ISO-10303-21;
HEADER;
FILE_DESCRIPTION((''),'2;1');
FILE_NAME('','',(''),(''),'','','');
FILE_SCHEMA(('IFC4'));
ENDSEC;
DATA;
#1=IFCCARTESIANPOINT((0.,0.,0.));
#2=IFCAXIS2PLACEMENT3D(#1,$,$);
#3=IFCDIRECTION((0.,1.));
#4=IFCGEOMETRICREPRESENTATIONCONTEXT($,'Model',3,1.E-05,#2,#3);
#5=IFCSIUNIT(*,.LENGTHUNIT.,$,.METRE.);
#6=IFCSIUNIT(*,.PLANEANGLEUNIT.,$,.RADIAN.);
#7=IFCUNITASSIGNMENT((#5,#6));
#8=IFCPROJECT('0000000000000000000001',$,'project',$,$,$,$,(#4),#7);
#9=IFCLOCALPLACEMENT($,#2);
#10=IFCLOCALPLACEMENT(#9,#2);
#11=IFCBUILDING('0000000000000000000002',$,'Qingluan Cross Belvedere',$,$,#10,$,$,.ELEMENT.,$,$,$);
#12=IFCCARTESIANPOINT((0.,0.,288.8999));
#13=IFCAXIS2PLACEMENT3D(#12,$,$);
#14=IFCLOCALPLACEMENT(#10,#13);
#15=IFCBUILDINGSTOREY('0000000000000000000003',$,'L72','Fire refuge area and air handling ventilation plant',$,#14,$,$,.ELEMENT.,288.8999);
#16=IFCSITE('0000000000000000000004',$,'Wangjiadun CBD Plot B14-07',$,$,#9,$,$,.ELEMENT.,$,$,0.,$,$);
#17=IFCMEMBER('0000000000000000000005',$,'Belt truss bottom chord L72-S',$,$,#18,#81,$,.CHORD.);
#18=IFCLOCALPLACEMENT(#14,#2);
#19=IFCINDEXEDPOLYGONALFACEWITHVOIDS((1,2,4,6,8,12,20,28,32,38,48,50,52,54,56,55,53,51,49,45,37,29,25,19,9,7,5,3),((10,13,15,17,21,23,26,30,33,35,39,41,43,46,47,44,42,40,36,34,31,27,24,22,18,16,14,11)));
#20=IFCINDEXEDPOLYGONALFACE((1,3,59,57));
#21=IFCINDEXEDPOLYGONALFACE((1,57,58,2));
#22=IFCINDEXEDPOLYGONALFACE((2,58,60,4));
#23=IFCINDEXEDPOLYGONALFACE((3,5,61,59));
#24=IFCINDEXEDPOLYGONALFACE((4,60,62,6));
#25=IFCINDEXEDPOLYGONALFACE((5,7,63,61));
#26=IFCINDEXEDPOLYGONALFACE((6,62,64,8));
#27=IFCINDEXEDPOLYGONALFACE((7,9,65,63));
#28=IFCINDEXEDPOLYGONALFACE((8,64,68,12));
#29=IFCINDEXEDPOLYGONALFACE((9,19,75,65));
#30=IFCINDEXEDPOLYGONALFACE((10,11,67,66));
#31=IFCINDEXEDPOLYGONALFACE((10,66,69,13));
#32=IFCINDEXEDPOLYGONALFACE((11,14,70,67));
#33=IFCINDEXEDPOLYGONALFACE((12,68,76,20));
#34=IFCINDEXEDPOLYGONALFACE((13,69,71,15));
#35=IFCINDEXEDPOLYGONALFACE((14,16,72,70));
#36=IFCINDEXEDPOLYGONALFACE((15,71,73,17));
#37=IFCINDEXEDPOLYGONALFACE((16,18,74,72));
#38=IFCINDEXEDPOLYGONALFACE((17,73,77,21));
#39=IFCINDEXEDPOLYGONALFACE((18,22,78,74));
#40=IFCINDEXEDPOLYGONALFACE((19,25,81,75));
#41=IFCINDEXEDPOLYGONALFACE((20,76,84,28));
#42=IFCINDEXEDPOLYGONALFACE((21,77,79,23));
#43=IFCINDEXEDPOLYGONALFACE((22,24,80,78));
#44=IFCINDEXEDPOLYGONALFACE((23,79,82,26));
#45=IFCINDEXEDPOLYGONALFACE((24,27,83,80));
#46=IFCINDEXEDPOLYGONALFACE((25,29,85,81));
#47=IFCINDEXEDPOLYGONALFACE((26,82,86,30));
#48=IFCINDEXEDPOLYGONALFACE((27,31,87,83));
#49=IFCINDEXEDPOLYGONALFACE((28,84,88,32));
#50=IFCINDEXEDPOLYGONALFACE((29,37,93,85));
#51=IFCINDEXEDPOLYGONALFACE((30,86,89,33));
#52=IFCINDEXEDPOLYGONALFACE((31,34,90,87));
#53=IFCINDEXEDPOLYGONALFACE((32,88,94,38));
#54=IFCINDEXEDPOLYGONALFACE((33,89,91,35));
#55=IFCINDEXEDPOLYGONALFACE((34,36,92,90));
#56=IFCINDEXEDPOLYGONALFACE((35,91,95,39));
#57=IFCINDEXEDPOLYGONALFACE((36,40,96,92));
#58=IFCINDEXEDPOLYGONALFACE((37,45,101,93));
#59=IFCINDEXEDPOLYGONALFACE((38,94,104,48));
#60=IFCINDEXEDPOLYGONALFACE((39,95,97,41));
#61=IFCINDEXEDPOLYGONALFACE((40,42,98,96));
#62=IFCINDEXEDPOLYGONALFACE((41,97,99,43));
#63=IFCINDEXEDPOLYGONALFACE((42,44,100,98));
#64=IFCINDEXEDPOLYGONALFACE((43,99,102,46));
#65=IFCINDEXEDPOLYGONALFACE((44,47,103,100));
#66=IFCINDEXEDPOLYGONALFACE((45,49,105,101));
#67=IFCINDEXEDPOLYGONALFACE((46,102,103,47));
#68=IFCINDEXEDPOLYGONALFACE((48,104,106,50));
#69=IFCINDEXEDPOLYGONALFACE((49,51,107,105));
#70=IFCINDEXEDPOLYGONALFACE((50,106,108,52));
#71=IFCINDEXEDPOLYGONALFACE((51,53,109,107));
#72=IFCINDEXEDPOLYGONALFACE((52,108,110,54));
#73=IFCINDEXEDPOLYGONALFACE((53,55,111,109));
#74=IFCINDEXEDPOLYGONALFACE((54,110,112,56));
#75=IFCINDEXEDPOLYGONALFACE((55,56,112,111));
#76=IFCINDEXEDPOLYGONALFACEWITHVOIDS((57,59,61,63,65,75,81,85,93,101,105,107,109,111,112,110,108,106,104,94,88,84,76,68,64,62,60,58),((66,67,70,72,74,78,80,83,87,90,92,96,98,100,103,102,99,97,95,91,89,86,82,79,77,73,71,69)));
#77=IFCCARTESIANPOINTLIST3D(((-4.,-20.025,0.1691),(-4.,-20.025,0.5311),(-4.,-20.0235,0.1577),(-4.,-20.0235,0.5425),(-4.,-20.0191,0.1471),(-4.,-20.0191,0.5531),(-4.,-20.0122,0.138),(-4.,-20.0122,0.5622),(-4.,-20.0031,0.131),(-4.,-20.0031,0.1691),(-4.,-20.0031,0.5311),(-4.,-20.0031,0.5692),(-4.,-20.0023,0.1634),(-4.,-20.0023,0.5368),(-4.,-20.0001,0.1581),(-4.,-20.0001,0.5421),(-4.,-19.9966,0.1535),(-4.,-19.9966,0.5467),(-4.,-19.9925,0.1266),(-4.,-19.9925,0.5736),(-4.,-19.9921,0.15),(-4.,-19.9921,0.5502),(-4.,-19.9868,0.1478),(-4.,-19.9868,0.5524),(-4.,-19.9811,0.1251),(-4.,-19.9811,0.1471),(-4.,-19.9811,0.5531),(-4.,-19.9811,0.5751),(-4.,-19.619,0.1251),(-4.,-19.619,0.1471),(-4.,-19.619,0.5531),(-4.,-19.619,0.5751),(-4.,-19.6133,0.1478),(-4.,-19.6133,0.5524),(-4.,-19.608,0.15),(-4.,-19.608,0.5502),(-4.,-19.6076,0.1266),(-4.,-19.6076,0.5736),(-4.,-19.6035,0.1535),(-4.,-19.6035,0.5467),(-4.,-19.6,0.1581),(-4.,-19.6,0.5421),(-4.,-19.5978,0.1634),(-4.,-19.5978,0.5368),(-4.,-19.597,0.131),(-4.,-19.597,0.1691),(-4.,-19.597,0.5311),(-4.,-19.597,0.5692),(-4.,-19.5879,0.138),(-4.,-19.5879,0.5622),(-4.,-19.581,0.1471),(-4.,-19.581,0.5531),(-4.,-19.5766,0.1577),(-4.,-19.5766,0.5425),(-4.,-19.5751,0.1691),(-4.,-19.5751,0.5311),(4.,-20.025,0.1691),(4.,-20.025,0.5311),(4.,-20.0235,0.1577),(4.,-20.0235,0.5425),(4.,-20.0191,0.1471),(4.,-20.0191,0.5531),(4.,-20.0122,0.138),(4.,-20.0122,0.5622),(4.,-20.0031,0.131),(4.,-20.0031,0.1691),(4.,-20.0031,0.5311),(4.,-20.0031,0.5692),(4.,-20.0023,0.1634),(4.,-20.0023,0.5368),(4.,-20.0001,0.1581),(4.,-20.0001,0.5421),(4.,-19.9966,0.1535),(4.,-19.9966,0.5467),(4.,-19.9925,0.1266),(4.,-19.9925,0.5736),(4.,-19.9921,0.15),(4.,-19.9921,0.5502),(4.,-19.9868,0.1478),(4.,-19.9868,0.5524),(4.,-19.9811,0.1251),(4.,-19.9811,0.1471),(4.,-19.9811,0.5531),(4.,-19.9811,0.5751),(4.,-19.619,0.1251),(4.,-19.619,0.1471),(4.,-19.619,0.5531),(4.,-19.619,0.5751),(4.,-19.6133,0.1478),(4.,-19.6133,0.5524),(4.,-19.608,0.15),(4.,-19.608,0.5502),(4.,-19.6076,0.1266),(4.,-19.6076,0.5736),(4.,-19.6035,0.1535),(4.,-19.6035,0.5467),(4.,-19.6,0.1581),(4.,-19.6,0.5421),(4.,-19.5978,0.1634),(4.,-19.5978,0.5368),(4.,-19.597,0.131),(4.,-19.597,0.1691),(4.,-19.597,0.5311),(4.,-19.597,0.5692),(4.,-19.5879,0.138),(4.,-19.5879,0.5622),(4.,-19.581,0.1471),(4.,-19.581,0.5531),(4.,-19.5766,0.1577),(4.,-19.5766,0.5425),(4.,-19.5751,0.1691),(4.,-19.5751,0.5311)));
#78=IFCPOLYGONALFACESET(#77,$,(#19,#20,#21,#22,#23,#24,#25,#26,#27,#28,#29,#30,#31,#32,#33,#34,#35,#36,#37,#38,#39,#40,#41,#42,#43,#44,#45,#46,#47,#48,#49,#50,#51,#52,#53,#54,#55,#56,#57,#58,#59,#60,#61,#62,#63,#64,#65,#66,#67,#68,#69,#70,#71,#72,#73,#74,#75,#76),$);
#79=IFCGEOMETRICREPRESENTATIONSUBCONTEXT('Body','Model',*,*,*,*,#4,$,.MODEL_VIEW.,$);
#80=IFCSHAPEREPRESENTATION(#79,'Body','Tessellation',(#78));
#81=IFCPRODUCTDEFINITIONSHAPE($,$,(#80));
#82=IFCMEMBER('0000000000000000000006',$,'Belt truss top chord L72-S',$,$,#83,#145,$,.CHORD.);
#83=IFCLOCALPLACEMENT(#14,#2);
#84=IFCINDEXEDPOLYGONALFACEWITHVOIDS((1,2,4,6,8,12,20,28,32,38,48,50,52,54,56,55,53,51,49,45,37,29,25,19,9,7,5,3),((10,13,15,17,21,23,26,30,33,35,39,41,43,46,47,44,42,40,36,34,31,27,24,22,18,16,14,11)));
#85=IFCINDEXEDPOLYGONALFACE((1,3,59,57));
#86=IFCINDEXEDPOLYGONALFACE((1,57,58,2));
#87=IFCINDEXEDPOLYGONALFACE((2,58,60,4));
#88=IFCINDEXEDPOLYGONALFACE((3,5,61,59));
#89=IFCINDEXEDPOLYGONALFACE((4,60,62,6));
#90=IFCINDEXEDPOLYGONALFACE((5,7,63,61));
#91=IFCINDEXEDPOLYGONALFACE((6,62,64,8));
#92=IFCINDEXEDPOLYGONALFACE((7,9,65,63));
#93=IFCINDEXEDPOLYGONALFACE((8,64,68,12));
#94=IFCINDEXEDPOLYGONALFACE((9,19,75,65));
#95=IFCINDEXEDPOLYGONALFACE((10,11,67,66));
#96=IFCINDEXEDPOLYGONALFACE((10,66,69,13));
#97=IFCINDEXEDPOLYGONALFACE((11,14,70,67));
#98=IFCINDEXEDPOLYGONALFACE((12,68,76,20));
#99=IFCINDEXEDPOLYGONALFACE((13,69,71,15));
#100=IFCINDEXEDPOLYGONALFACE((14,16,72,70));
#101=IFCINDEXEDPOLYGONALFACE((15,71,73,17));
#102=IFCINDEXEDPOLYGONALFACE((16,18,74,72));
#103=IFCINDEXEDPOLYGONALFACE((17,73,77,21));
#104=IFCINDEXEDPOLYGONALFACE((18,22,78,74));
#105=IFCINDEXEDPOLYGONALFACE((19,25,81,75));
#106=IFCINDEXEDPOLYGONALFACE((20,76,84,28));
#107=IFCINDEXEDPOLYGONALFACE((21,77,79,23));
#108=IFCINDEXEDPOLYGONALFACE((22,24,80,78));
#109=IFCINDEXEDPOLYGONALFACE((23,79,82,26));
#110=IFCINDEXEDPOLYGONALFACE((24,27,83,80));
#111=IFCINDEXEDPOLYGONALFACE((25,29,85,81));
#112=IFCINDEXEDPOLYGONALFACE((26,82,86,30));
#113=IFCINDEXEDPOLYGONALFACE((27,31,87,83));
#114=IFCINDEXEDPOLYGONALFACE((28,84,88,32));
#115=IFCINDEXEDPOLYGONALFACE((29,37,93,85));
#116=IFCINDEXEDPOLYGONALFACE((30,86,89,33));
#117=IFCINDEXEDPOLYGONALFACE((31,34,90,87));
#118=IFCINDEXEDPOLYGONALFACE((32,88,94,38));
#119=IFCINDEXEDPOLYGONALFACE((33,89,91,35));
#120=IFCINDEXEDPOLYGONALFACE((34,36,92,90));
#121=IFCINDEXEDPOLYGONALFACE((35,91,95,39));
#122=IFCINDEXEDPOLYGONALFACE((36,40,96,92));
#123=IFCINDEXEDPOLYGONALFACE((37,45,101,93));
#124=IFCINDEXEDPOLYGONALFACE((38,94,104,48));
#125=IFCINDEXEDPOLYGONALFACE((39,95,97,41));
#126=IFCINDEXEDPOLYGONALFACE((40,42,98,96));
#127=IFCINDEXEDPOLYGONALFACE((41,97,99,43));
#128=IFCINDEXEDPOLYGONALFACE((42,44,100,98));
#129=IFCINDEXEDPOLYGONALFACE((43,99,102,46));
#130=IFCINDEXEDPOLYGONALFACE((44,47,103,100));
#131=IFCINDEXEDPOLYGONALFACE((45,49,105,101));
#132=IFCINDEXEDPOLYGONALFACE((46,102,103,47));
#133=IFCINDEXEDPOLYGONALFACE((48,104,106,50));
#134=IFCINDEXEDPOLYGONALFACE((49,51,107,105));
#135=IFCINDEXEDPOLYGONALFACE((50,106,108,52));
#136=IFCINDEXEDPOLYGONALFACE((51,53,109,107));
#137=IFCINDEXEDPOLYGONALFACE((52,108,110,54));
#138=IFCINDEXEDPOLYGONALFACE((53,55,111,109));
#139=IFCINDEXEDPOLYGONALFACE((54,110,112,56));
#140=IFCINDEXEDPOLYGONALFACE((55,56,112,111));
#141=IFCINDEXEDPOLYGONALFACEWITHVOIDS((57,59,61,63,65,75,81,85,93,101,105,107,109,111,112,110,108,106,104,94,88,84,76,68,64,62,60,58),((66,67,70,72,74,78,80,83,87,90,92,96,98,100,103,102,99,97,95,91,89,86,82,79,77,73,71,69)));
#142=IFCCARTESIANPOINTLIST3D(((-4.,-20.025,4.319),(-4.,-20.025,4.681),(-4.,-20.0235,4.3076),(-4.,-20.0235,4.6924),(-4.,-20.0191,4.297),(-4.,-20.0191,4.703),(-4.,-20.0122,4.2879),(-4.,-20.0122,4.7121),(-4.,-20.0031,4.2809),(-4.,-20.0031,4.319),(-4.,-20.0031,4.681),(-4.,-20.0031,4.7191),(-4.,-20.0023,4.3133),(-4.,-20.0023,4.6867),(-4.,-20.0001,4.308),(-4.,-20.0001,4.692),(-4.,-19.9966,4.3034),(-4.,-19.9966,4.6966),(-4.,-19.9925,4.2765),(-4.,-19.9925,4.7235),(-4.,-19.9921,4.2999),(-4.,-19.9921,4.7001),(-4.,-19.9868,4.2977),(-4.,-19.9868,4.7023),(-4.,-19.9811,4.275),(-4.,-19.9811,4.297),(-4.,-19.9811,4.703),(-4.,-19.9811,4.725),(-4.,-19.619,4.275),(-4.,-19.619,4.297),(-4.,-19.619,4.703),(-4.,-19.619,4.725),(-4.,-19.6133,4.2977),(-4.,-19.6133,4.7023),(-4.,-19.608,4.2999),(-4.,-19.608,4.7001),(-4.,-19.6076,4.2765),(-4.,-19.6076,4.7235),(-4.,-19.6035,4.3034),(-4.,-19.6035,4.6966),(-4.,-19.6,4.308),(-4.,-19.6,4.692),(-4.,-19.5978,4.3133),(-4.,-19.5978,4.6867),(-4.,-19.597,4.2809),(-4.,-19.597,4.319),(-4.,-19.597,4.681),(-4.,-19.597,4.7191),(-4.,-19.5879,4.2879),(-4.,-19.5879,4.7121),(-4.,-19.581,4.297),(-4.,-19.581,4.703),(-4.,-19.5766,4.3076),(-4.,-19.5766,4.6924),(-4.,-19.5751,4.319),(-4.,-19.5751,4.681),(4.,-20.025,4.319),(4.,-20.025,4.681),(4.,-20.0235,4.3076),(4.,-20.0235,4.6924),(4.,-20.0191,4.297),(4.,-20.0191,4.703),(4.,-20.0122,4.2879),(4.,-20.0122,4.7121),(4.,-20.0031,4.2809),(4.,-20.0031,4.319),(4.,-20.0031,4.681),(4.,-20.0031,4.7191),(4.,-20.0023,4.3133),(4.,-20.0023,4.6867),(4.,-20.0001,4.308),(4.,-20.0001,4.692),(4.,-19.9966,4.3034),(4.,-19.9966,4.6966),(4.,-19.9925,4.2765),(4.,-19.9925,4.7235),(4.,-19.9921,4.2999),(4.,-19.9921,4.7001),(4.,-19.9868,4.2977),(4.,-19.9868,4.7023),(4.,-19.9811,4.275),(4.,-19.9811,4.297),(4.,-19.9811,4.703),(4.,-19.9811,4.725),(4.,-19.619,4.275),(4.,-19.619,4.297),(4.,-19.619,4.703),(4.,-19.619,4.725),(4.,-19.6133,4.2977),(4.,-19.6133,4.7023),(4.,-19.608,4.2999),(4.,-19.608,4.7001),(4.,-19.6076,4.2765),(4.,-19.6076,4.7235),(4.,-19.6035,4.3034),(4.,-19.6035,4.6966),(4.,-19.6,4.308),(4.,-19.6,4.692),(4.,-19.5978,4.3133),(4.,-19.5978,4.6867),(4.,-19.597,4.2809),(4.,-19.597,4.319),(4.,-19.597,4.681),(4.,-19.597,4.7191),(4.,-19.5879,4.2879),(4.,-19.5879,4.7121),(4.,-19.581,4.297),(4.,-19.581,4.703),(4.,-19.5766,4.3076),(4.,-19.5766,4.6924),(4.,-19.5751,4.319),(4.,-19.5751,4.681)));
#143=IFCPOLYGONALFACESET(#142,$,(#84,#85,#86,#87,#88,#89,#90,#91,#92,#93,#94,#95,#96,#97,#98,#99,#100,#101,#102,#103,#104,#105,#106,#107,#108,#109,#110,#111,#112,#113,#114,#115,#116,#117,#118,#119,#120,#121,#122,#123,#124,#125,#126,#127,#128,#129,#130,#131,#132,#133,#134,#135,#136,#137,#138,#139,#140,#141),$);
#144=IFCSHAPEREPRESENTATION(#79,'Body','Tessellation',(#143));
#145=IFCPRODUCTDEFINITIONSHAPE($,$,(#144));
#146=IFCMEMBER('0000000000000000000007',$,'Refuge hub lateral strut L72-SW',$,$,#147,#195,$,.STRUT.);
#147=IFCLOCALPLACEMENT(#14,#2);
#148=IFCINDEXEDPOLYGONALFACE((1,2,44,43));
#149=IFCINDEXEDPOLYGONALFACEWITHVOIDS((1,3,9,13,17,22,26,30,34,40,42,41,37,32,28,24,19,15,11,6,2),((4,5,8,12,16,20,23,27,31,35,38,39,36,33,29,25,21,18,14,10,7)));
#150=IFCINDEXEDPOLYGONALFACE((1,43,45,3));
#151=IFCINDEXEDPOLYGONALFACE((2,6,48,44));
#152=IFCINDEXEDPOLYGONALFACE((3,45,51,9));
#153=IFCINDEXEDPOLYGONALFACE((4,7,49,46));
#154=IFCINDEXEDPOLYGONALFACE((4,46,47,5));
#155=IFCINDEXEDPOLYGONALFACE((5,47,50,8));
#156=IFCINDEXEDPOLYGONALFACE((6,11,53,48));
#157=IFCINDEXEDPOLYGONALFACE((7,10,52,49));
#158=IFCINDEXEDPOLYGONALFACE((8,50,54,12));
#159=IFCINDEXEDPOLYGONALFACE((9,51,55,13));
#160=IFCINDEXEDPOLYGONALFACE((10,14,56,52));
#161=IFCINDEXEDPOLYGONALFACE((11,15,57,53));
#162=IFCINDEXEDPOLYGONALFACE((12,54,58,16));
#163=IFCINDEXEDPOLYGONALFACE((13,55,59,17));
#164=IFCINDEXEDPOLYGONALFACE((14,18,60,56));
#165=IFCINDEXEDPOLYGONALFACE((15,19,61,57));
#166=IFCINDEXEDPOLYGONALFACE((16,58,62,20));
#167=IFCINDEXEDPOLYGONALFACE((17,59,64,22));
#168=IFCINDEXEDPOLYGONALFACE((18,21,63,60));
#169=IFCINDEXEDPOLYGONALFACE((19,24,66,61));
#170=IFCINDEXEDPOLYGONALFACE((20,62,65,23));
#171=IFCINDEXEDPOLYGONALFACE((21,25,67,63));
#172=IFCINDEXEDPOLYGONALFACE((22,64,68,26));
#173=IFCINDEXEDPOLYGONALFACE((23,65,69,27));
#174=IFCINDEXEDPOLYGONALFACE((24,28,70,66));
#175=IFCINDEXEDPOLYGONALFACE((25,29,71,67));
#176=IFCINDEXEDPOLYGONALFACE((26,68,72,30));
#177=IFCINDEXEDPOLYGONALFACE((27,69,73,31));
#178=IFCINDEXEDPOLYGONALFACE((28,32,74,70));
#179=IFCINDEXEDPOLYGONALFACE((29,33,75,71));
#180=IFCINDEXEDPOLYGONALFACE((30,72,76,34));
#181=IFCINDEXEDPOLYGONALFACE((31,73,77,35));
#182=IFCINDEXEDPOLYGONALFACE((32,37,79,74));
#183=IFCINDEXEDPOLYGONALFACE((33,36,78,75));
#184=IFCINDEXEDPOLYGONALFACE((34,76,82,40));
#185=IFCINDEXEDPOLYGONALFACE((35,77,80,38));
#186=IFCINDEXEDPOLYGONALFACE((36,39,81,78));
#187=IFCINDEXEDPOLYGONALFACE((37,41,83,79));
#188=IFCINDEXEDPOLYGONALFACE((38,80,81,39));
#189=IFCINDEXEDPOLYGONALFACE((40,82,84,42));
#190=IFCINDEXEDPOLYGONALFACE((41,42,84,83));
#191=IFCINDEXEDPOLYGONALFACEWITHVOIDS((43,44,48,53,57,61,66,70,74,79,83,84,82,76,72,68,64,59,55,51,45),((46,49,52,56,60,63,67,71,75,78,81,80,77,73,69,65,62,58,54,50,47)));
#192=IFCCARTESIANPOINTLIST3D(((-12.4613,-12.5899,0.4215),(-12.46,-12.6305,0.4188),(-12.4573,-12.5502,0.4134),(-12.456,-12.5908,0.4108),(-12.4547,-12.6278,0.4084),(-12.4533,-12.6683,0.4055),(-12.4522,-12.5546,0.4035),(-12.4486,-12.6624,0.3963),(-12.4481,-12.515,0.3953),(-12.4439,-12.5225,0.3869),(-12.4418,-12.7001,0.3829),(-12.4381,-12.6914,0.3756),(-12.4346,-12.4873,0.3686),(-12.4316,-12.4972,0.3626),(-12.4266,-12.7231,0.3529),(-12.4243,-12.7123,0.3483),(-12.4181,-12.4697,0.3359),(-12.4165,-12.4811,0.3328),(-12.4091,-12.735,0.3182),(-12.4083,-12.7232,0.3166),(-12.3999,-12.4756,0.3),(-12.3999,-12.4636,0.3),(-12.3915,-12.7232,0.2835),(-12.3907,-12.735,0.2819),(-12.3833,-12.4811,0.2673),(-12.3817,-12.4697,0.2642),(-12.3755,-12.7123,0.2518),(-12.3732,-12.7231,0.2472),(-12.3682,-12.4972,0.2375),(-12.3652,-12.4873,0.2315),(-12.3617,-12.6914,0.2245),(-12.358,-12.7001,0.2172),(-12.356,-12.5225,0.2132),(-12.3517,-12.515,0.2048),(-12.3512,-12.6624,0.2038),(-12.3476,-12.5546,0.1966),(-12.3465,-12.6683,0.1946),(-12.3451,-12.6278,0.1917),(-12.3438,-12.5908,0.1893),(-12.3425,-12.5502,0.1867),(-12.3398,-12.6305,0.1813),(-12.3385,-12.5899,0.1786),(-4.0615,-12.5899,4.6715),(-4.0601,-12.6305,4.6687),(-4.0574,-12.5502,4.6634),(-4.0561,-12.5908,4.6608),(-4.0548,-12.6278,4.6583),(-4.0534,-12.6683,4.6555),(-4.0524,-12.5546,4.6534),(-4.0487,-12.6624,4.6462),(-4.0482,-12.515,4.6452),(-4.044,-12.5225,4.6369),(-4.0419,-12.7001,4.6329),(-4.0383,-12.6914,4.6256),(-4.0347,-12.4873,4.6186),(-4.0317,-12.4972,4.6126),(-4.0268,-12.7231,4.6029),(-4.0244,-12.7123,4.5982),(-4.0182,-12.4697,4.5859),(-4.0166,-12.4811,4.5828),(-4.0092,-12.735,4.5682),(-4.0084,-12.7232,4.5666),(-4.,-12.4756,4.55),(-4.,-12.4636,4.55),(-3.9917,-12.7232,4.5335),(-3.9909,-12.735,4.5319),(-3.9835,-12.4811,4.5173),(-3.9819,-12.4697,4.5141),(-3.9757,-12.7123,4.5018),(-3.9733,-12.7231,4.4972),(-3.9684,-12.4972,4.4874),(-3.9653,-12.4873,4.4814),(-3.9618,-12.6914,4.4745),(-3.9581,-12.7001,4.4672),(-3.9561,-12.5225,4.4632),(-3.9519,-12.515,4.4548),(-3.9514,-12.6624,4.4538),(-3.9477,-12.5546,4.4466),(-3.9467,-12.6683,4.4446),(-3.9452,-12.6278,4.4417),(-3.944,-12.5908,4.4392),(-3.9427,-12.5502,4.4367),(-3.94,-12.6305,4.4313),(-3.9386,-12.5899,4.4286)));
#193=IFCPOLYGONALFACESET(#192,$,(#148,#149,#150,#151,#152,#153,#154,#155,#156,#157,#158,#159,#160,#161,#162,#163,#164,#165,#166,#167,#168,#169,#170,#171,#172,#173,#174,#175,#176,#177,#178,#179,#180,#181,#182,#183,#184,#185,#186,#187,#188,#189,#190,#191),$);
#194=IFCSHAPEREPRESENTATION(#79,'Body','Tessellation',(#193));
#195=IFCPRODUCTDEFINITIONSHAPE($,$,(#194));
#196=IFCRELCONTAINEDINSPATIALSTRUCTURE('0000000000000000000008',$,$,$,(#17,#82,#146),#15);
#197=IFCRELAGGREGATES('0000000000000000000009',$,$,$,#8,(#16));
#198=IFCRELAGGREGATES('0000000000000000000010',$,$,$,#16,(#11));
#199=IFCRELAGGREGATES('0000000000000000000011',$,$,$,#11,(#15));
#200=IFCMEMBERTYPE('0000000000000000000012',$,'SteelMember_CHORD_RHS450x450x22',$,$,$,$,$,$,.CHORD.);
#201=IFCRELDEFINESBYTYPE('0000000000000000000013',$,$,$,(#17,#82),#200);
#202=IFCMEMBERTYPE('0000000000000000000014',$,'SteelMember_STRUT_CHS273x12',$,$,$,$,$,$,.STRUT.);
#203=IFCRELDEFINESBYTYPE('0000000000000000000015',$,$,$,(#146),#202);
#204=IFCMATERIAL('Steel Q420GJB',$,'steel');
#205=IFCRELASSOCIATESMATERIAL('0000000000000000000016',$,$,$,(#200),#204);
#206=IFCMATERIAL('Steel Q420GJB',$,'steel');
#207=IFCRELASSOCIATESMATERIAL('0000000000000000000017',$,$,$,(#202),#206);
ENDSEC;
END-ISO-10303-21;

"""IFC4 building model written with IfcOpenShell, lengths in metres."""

from ifc_helpers import new_model, si_unit, direction, frame, origin, origin_2d, place, context, subcontext, project, spatial, hollow_rectangle, hollow_circle, extrude, material, material_profile, profile_set, type_object, element, save


model = new_model("IFC4")

# Units and contexts
model_context = context("Model", 3, precision=1e-05, world=origin(), true_north=direction((0.0, 1.0)))
body_context = subcontext(model_context, "Body", "Model", "MODEL_VIEW")
ifc_project = project(units=[si_unit("LENGTHUNIT", "METRE"), si_unit("PLANEANGLEUNIT", "RADIAN")], contexts=[model_context])

# Site, building, storey
site_placement = place(None, origin())
site = spatial("IfcSite", under=ifc_project, at=site_placement, Name="Wangjiadun CBD Plot B14-07", CompositionType="ELEMENT", RefElevation=0.0)
building_placement = place(site_placement, origin())
building = spatial("IfcBuilding", under=site, at=building_placement, Name="Qingluan Cross Belvedere", CompositionType="ELEMENT")
storey_placement = place(building_placement, frame((0.0, 0.0, 288.8999)))
storey = spatial("IfcBuildingStorey", under=building, at=storey_placement, Name="L72", Description="Fire refuge area and air handling ventilation plant", CompositionType="ELEMENT", Elevation=288.8999)

# Members
ifc_material_1 = material(Name="Steel Q420GJB", Category="steel")
ifc_material_profile_1 = material_profile(ifc_material_1, hollow_rectangle(XDim=0.45, YDim=0.45, WallThickness=0.022, InnerFilletRadius=0.022, OuterFilletRadius=0.0439, at=origin_2d()), Name="RHS450x450x22")
ifc_profile_set_1 = profile_set([ifc_material_profile_1], Name="Steel Q420GJB")
member_type_1 = type_object("IfcMemberType", Name="SteelMember_CHORD_RHS450x450x22", PredefinedType="CHORD", material=ifc_profile_set_1)
for number, where, z_axis, x_axis, name in (
    (1, (-4.0, -19.8, 0.3501), (1.0, 0.0, 0.0), (0.0, 1.0, 0.0), "Belt truss bottom chord L72-S"),
    (2, (-4.0, -19.8, 4.5), (1.0, 0.0, 0.0), (0.0, 1.0, 0.0), "Belt truss top chord L72-S"),
):
    element("IfcMember", number, at=place(storey_placement, frame(where, z_axis=z_axis, x_axis=x_axis)), inside=storey, type_object=member_type_1, Name=name, PredefinedType="CHORD", context=body_context, shape_type="SweptSolid", body=[
        extrude(hollow_rectangle(XDim=0.45, YDim=0.45, WallThickness=0.022, InnerFilletRadius=0.022, OuterFilletRadius=0.0439, at=origin_2d()), origin(), (0.0, 0.0, 1.0), 8.0),
    ])
ifc_material_2 = material(Name="Steel Q420GJB", Category="steel")
ifc_material_profile_2 = material_profile(ifc_material_2, hollow_circle(Radius=0.1365, WallThickness=0.012, at=origin_2d()), Name="CHS273x12")
ifc_profile_set_2 = profile_set([ifc_material_profile_2], Name="Steel Q420GJB")
member_type_2 = type_object("IfcMemberType", Name="SteelMember_STRUT_CHS273x12", PredefinedType="STRUT", material=ifc_profile_set_2)
member_1_placement = place(storey_placement, frame((-12.3999, -12.6001, 0.3), z_axis=(0.89229, 0.0, 0.451462), x_axis=(0.0, 1.0, 0.0)))
element("IfcMember", 3, at=member_1_placement, inside=storey, type_object=member_type_2, Name="Refuge hub lateral strut L72-SW", PredefinedType="STRUT", context=body_context, shape_type="SweptSolid", body=[
    extrude(hollow_circle(Radius=0.1365, WallThickness=0.012, at=origin_2d()), origin(), (0.0, 0.0, 1.0), 9.4138),
])

save(model, "model.ifc")
